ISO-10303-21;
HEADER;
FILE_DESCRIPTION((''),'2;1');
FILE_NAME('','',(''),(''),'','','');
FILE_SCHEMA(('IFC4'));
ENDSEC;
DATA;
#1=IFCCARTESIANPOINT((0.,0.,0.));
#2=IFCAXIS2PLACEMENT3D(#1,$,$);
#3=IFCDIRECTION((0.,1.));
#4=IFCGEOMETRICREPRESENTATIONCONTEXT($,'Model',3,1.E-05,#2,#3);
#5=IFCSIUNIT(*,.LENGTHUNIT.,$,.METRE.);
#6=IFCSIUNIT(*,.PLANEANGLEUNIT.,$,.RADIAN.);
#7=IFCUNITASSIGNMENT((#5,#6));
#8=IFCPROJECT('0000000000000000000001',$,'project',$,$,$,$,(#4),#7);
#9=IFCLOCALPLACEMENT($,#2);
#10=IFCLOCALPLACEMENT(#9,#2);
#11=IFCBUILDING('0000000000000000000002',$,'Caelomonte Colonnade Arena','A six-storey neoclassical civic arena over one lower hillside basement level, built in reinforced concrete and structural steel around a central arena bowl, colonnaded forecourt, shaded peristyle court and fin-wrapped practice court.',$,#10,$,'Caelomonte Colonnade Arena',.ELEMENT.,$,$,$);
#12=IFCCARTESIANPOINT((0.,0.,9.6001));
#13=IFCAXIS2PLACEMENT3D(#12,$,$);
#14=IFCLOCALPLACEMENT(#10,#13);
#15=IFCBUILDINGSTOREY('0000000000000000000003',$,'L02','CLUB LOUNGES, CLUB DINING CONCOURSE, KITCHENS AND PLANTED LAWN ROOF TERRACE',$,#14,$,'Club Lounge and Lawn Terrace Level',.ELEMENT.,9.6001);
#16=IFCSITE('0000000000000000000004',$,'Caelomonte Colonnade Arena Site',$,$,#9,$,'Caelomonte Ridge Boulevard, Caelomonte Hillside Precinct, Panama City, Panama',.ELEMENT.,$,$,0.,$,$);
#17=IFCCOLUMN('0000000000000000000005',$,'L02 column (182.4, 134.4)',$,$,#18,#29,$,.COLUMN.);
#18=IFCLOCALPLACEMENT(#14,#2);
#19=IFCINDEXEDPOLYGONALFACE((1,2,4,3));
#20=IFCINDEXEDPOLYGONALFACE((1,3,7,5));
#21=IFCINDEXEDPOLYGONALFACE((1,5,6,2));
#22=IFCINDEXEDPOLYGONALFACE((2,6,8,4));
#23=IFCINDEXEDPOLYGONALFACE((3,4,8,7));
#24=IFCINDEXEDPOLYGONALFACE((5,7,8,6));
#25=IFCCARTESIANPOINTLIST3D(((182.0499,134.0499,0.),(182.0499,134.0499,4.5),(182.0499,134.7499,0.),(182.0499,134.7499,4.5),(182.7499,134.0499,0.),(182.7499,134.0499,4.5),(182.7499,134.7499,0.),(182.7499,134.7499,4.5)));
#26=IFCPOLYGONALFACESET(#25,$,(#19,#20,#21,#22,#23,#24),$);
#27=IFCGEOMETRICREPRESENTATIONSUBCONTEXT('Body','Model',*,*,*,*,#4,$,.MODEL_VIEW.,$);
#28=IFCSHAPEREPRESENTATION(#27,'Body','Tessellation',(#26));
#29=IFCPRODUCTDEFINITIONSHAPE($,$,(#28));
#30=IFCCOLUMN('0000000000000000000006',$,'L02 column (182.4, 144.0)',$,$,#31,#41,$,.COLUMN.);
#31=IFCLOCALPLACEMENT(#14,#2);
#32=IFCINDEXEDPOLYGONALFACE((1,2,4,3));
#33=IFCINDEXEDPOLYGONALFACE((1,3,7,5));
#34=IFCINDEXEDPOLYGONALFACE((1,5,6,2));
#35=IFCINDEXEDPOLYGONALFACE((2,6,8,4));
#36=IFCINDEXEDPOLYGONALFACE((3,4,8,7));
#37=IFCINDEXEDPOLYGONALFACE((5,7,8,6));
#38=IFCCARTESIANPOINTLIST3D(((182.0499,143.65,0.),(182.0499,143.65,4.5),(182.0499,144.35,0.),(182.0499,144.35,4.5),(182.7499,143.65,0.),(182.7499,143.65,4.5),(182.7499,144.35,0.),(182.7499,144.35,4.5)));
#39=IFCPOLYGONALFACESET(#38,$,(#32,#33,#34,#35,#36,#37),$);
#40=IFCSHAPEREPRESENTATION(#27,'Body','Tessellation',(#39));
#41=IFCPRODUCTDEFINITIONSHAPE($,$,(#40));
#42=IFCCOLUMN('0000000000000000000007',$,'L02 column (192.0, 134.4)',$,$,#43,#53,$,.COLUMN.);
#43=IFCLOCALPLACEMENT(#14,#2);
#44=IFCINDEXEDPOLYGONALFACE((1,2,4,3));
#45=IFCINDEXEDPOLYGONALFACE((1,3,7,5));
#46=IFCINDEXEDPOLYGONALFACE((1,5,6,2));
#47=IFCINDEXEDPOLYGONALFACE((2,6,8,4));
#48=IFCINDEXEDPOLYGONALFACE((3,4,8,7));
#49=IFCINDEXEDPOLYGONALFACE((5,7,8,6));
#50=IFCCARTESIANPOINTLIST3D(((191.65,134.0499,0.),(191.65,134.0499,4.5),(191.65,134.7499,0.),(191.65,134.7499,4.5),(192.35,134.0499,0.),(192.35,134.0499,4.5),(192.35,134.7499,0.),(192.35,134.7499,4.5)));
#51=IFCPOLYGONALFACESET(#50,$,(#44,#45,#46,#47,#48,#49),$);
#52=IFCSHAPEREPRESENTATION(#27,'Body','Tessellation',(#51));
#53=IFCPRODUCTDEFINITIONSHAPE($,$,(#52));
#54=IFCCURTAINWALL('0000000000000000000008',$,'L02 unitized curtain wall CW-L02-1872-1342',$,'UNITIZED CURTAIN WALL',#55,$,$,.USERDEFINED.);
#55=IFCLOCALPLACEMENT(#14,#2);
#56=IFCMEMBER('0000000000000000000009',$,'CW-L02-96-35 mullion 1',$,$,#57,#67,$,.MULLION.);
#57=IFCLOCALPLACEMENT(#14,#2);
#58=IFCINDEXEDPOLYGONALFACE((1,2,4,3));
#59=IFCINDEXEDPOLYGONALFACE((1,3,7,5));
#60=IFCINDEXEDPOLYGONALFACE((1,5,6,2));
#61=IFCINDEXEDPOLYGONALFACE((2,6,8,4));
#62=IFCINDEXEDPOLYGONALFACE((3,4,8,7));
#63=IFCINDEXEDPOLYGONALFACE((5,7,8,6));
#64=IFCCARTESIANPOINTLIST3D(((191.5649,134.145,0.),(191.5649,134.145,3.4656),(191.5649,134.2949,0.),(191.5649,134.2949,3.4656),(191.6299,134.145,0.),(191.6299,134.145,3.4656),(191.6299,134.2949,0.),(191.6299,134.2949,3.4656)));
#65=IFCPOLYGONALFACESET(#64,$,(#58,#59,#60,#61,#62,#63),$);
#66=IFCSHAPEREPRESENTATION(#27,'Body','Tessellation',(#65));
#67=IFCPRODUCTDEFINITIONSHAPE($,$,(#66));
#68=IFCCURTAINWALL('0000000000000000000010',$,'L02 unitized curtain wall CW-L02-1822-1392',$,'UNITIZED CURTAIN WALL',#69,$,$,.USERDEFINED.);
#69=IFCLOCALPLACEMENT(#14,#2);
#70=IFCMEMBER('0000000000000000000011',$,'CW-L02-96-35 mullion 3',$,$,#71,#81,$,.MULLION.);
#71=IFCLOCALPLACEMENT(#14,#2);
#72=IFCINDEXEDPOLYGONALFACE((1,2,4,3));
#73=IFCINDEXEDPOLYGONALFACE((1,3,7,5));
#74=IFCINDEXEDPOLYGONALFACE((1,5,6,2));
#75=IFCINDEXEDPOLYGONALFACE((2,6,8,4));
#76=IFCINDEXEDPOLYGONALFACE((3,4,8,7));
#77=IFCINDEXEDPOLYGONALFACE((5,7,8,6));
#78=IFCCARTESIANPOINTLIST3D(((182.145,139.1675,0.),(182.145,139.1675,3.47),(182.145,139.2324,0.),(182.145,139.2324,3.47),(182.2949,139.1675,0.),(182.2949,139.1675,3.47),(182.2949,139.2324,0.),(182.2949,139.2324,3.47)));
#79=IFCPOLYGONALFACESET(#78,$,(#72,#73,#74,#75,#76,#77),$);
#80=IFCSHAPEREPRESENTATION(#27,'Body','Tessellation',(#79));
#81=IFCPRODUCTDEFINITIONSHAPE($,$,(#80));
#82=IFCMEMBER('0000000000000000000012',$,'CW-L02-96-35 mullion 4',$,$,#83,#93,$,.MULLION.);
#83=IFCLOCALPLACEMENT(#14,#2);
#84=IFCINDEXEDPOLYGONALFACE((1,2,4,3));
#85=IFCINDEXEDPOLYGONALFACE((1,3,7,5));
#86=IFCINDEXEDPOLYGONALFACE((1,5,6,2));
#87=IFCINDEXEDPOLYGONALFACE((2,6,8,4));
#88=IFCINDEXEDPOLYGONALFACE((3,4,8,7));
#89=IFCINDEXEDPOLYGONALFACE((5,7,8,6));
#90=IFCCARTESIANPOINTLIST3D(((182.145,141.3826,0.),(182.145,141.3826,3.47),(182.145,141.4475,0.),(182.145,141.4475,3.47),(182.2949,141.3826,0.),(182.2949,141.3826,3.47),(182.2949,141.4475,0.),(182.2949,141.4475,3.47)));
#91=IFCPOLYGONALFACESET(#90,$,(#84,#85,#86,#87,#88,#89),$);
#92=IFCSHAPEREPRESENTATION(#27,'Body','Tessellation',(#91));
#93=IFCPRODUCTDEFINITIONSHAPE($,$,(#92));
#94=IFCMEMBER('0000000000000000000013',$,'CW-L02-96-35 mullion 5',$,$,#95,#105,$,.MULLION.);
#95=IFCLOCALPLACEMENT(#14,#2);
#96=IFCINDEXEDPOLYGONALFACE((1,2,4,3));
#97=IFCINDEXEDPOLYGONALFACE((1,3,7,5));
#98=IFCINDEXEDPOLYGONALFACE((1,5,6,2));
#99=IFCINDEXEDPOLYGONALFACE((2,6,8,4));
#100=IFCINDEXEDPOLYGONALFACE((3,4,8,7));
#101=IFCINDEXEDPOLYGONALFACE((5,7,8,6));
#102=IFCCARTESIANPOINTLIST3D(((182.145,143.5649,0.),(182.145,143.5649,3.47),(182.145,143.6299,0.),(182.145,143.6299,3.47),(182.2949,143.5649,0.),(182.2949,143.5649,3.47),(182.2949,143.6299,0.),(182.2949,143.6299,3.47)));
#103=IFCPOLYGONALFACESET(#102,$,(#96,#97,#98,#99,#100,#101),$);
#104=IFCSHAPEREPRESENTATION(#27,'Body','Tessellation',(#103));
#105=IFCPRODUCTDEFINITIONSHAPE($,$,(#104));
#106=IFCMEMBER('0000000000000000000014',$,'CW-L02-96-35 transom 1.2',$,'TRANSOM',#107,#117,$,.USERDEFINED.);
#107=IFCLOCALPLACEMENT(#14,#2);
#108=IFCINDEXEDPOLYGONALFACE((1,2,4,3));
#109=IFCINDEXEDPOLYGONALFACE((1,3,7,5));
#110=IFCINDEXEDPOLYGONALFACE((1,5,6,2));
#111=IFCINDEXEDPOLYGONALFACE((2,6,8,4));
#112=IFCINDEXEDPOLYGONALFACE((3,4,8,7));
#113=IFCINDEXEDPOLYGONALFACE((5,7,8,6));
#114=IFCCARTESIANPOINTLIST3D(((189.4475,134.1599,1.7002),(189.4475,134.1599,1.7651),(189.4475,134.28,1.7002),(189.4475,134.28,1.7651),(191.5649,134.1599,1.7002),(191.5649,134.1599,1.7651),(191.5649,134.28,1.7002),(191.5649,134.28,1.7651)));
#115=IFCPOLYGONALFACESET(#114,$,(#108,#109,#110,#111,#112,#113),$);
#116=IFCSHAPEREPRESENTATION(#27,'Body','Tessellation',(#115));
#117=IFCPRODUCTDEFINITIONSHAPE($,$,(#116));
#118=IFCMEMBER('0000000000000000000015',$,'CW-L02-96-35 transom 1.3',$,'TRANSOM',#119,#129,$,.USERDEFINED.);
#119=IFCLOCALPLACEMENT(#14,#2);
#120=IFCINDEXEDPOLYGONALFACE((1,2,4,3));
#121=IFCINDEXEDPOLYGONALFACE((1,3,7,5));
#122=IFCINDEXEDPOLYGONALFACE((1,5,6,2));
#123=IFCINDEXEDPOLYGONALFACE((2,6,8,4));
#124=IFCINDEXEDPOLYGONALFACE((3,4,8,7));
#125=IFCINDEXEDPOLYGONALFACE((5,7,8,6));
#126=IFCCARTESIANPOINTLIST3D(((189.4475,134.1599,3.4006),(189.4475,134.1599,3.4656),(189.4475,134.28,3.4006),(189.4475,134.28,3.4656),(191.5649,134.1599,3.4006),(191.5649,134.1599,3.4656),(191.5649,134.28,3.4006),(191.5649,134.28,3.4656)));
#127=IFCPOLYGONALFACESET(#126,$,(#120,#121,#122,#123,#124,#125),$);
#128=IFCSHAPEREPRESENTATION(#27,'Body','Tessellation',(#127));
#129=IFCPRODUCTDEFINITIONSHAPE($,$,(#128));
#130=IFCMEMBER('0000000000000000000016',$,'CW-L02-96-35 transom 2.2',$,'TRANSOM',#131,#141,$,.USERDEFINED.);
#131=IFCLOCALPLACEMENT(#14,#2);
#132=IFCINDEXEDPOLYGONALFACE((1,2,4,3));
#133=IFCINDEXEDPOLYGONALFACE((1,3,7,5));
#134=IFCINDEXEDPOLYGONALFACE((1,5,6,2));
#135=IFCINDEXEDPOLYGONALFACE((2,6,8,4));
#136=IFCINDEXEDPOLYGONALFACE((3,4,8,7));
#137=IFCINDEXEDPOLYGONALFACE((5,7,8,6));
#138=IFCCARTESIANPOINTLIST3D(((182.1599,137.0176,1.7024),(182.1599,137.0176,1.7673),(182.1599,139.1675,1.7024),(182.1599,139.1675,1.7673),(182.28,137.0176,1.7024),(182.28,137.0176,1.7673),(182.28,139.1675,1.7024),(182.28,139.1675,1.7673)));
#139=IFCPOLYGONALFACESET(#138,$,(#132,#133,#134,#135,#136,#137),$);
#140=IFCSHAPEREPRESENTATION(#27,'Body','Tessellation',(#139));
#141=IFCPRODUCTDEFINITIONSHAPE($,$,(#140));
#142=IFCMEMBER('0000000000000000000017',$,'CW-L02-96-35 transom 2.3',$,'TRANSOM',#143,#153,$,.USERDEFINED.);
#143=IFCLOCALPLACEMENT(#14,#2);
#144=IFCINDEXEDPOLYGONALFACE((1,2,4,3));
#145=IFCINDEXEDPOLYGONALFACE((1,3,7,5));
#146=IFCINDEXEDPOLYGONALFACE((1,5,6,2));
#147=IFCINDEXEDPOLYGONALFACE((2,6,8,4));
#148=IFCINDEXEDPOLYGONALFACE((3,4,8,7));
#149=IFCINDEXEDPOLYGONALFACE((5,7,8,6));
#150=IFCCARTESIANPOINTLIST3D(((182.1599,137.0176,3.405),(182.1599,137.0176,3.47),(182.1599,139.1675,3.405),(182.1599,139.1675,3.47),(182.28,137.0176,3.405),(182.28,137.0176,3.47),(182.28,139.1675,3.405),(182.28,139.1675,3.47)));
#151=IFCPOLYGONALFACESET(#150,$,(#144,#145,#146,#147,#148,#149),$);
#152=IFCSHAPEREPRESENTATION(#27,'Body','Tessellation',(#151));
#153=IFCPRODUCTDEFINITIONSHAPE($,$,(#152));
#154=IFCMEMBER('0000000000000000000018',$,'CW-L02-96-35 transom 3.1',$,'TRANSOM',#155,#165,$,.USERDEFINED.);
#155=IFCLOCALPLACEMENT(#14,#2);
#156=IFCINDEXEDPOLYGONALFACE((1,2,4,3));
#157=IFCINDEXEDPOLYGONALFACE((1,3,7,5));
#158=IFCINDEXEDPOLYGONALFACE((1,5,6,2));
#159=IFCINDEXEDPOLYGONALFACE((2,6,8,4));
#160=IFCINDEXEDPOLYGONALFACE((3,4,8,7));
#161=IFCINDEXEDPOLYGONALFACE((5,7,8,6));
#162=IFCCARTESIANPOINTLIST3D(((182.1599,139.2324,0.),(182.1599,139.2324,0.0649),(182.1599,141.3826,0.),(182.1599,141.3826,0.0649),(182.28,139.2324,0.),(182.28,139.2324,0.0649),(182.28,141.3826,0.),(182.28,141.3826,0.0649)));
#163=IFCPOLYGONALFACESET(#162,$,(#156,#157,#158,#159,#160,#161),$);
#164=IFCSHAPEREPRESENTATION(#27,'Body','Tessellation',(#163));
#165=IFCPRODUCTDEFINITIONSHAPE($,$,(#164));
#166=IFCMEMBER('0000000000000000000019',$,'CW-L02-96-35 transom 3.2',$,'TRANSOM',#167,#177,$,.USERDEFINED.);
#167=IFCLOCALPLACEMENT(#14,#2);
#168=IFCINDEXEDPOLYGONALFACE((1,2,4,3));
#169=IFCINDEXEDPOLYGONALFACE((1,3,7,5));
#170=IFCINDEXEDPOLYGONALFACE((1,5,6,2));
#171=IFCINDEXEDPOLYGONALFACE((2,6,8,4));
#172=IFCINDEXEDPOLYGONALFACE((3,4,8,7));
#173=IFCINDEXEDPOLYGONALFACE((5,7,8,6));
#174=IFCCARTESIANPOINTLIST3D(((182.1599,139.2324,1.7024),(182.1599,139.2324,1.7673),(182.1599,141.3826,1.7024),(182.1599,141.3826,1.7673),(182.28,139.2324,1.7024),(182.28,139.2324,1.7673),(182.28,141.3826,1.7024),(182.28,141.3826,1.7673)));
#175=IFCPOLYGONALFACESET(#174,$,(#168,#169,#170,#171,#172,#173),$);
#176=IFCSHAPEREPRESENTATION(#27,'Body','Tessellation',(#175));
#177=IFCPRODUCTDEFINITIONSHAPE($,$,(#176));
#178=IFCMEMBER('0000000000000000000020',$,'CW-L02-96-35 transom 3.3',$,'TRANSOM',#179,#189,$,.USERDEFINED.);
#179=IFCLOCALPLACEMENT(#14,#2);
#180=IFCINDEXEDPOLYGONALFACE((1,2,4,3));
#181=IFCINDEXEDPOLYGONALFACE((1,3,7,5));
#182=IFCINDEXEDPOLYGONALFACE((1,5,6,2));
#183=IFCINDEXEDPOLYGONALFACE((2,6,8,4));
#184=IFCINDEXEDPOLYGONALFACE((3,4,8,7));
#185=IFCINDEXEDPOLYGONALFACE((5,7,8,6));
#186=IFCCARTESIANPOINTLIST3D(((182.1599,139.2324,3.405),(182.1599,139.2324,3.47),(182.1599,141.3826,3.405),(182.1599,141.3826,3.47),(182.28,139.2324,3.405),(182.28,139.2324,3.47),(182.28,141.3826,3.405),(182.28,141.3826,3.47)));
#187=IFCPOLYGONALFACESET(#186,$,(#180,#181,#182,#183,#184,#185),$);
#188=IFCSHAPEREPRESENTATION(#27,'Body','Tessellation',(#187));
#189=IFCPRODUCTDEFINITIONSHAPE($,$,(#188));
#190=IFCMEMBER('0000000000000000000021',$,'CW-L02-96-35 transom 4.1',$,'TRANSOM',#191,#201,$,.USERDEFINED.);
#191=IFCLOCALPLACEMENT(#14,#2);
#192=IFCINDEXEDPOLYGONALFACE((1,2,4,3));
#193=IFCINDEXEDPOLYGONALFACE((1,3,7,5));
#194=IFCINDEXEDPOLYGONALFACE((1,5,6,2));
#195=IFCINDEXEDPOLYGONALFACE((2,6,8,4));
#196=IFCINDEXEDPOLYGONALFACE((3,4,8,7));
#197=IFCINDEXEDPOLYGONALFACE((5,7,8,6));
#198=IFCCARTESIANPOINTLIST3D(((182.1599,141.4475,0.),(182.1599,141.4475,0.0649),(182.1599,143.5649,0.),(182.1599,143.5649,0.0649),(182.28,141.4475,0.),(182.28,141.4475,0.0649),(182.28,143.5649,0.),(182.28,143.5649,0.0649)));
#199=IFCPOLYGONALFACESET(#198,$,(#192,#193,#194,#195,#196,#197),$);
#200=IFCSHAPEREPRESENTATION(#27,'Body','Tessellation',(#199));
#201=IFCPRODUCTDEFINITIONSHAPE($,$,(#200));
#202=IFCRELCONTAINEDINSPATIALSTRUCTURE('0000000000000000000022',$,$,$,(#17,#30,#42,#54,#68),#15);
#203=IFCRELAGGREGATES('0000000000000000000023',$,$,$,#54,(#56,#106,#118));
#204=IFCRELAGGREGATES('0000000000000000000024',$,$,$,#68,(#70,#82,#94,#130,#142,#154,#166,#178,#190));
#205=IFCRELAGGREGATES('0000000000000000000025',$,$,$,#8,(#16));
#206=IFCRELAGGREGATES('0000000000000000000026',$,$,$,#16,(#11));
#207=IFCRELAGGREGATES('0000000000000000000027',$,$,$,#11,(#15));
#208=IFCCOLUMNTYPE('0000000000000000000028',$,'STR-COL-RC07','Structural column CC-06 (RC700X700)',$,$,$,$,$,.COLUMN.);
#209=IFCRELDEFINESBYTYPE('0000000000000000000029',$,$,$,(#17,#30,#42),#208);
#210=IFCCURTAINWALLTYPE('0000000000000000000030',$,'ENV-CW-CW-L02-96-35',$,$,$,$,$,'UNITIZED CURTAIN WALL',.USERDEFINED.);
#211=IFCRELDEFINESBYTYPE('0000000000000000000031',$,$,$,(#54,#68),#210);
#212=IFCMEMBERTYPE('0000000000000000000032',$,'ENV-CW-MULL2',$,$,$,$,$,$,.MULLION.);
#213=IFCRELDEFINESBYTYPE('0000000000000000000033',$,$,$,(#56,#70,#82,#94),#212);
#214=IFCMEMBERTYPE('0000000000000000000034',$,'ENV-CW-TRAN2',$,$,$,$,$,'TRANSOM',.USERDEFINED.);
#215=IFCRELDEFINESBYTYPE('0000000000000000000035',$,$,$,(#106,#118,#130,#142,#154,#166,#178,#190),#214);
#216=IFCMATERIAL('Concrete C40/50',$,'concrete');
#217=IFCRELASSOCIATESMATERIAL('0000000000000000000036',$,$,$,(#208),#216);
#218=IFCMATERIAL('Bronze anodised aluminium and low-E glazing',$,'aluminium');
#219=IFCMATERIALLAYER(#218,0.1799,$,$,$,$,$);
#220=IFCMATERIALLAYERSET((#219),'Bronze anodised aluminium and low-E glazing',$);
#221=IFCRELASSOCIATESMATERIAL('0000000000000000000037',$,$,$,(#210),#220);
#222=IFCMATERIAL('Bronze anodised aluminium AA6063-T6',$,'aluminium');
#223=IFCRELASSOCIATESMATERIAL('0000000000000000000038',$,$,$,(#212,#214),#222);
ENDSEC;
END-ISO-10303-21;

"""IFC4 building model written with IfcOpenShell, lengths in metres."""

from ifc_helpers import new_model, si_unit, direction, frame, origin, origin_2d, place, context, subcontext, project, spatial, rectangle, extrude, material, layer, layer_set, material_profile, profile_set, type_object, element, aggregate, save


model = new_model("IFC4")

# Units and contexts
model_context = context("Model", 3, precision=1e-05, world=origin(), true_north=direction((0.0, 1.0)))
body_context = subcontext(model_context, "Body", "Model", "MODEL_VIEW")
ifc_project = project(units=[si_unit("LENGTHUNIT", "METRE"), si_unit("PLANEANGLEUNIT", "RADIAN")], contexts=[model_context])

# Site, building, storey
site_placement = place(None, origin())
site = spatial("IfcSite", under=ifc_project, at=site_placement, Name="Caelomonte Colonnade Arena Site", LongName="Caelomonte Ridge Boulevard, Caelomonte Hillside Precinct, Panama City, Panama", CompositionType="ELEMENT", RefElevation=0.0)
building_placement = place(site_placement, origin())
building = spatial("IfcBuilding", under=site, at=building_placement, Name="Caelomonte Colonnade Arena", Description="A six-storey neoclassical civic arena over one lower hillside basement level, built in reinforced concrete and structural steel around a central arena bowl, colonnaded forecourt, shaded peristyle court and fin-wrapped practice court.", LongName="Caelomonte Colonnade Arena", CompositionType="ELEMENT")
storey_placement = place(building_placement, frame((0.0, 0.0, 9.6001)))
storey = spatial("IfcBuildingStorey", under=building, at=storey_placement, Name="L02", Description="CLUB LOUNGES, CLUB DINING CONCOURSE, KITCHENS AND PLANTED LAWN ROOF TERRACE", LongName="Club Lounge and Lawn Terrace Level", CompositionType="ELEMENT", Elevation=9.6001)

# Columns
ifc_material_1 = material(Name="Concrete C40/50", Category="concrete")
ifc_material_profile_1 = material_profile(ifc_material_1, rectangle(XDim=0.7, YDim=0.7, at=origin_2d()), Name="RC700X700")
ifc_profile_set_1 = profile_set([ifc_material_profile_1], Name="Concrete C40/50")
column_type = type_object("IfcColumnType", Name="STR-COL-RC07", Description="Structural column CC-06 (RC700X700)", PredefinedType="COLUMN", material=ifc_profile_set_1)
for number, where, z_axis, x_axis, name in (
    (1, (182.3999, 134.3999, 0.0), (0.0, 0.0, 1.0), (1.0, 0.0, 0.0), "L02 column (182.4, 134.4)"),
    (2, (182.3999, 144.0, 0.0), (0.0, 0.0, 1.0), (1.0, 0.0, 0.0), "L02 column (182.4, 144.0)"),
    (3, (192.0, 134.3999, 0.0), (0.0, 0.0, 1.0), (1.0, 0.0, 0.0), "L02 column (192.0, 134.4)"),
):
    element("IfcColumn", number, at=place(storey_placement, frame(where, z_axis=z_axis, x_axis=x_axis)), inside=storey, type_object=column_type, Name=name, PredefinedType="COLUMN", context=body_context, shape_type="SweptSolid", body=[
        extrude(rectangle(XDim=0.7, YDim=0.7, at=origin_2d()), origin(), (0.0, 0.0, 1.0), 4.5),
    ])

# Curtain wall, member
ifc_material_2 = material(Name="Bronze anodised aluminium and low-E glazing", Category="aluminium")
ifc_layer_1 = layer(ifc_material_2, 0.1799)
ifc_layer_set_1 = layer_set([ifc_layer_1], Name="Bronze anodised aluminium and low-E glazing")
curtain_wall_type = type_object("IfcCurtainWallType", Name="ENV-CW-CW-L02-96-35", ElementType="UNITIZED CURTAIN WALL", PredefinedType="USERDEFINED", material=ifc_layer_set_1)
curtain_wall_1_placement = place(storey_placement, origin())
curtain_wall_1 = element("IfcCurtainWall", 4, at=curtain_wall_1_placement, inside=storey, type_object=curtain_wall_type, Name="L02 unitized curtain wall CW-L02-1872-1342", ObjectType="UNITIZED CURTAIN WALL", PredefinedType="USERDEFINED")
ifc_material_3 = material(Name="Bronze anodised aluminium AA6063-T6", Category="aluminium")
ifc_material_profile_2 = material_profile(ifc_material_3, rectangle(XDim=0.0649, YDim=0.1499, at=origin_2d()), Name="CWM-65X150")
ifc_profile_set_2 = profile_set([ifc_material_profile_2], Name="Bronze anodised aluminium AA6063-T6")
member_type_1 = type_object("IfcMemberType", Name="ENV-CW-MULL2", PredefinedType="MULLION", material=ifc_profile_set_2)
member_1_placement = place(storey_placement, frame((191.5974, 134.22, 0.0), z_axis=(0.0, 0.0, 1.0), x_axis=(-1.0, 0.0, 0.0)))
member_1 = element("IfcMember", 5, at=member_1_placement, type_object=member_type_1, Name="CW-L02-96-35 mullion 1", PredefinedType="MULLION", context=body_context, shape_type="SweptSolid", body=[
    extrude(rectangle(XDim=0.0649, YDim=0.1499, at=origin_2d()), origin(), (0.0, 0.0, 1.0), 3.4656),
])

# Curtain wall, members
curtain_wall_2_placement = place(storey_placement, origin())
curtain_wall_2 = element("IfcCurtainWall", 6, at=curtain_wall_2_placement, inside=storey, type_object=curtain_wall_type, Name="L02 unitized curtain wall CW-L02-1822-1392", ObjectType="UNITIZED CURTAIN WALL", PredefinedType="USERDEFINED")
member_2_placement = place(storey_placement, frame((182.22, 139.2, 0.0), z_axis=(0.0, 0.0, 1.0), x_axis=(0.0, 1.0, 0.0)))
member_2 = element("IfcMember", 7, at=member_2_placement, type_object=member_type_1, Name="CW-L02-96-35 mullion 3", PredefinedType="MULLION", context=body_context, shape_type="SweptSolid", body=[
    extrude(rectangle(XDim=0.0649, YDim=0.1499, at=origin_2d()), origin(), (0.0, 0.0, 1.0), 3.47),
])
member_3_placement = place(storey_placement, frame((182.22, 141.415, 0.0), z_axis=(0.0, 0.0, 1.0), x_axis=(0.0, 1.0, 0.0)))
member_3 = element("IfcMember", 8, at=member_3_placement, type_object=member_type_1, Name="CW-L02-96-35 mullion 4", PredefinedType="MULLION", context=body_context, shape_type="SweptSolid", body=[
    extrude(rectangle(XDim=0.0649, YDim=0.1499, at=origin_2d()), origin(), (0.0, 0.0, 1.0), 3.47),
])
member_4_placement = place(storey_placement, frame((182.22, 143.5974, 0.0), z_axis=(0.0, 0.0, 1.0), x_axis=(0.0, 1.0, 0.0)))
member_4 = element("IfcMember", 9, at=member_4_placement, type_object=member_type_1, Name="CW-L02-96-35 mullion 5", PredefinedType="MULLION", context=body_context, shape_type="SweptSolid", body=[
    extrude(rectangle(XDim=0.0649, YDim=0.1499, at=origin_2d()), origin(), (0.0, 0.0, 1.0), 3.47),
])

# Members
ifc_material_profile_3 = material_profile(ifc_material_3, rectangle(XDim=0.0649, YDim=0.1201, at=origin_2d()), Name="CWT-65X120")
ifc_profile_set_3 = profile_set([ifc_material_profile_3], Name="Bronze anodised aluminium AA6063-T6")
member_type_2 = type_object("IfcMemberType", Name="ENV-CW-TRAN2", ElementType="TRANSOM", PredefinedType="USERDEFINED", material=ifc_profile_set_3)
member_5_placement = place(storey_placement, frame((191.5649, 134.22, 1.7327), z_axis=(-1.0, 0.0, 0.0), x_axis=(0.0, 0.0, 1.0)))
member_5 = element("IfcMember", 10, at=member_5_placement, type_object=member_type_2, Name="CW-L02-96-35 transom 1.2", ObjectType="TRANSOM", PredefinedType="USERDEFINED", context=body_context, shape_type="SweptSolid", body=[
    extrude(rectangle(XDim=0.0649, YDim=0.1201, at=origin_2d()), origin(), (0.0, 0.0, 1.0), 2.1174),
])
member_6_placement = place(storey_placement, frame((191.5649, 134.22, 3.4331), z_axis=(-1.0, 0.0, 0.0), x_axis=(0.0, 0.0, 1.0)))
member_6 = element("IfcMember", 11, at=member_6_placement, type_object=member_type_2, Name="CW-L02-96-35 transom 1.3", ObjectType="TRANSOM", PredefinedType="USERDEFINED", context=body_context, shape_type="SweptSolid", body=[
    extrude(rectangle(XDim=0.0649, YDim=0.1201, at=origin_2d()), origin(), (0.0, 0.0, 1.0), 2.1174),
])
aggregate(curtain_wall_1, [member_1, member_5, member_6])
member_7_placement = place(storey_placement, frame((182.22, 137.0176, 1.7349), z_axis=(0.0, 1.0, 0.0), x_axis=(0.0, 0.0, 1.0)))
member_7 = element("IfcMember", 12, at=member_7_placement, type_object=member_type_2, Name="CW-L02-96-35 transom 2.2", ObjectType="TRANSOM", PredefinedType="USERDEFINED", context=body_context, shape_type="SweptSolid", body=[
    extrude(rectangle(XDim=0.0649, YDim=0.1201, at=origin_2d()), origin(), (0.0, 0.0, 1.0), 2.1499),
])
member_8_placement = place(storey_placement, frame((182.22, 137.0176, 3.4375), z_axis=(0.0, 1.0, 0.0), x_axis=(0.0, 0.0, 1.0)))
member_8 = element("IfcMember", 13, at=member_8_placement, type_object=member_type_2, Name="CW-L02-96-35 transom 2.3", ObjectType="TRANSOM", PredefinedType="USERDEFINED", context=body_context, shape_type="SweptSolid", body=[
    extrude(rectangle(XDim=0.0649, YDim=0.1201, at=origin_2d()), origin(), (0.0, 0.0, 1.0), 2.1499),
])
member_9_placement = place(storey_placement, frame((182.22, 139.2324, 0.0325), z_axis=(0.0, 1.0, 0.0), x_axis=(0.0, 0.0, 1.0)))
member_9 = element("IfcMember", 14, at=member_9_placement, type_object=member_type_2, Name="CW-L02-96-35 transom 3.1", ObjectType="TRANSOM", PredefinedType="USERDEFINED", context=body_context, shape_type="SweptSolid", body=[
    extrude(rectangle(XDim=0.0649, YDim=0.1201, at=origin_2d()), origin(), (0.0, 0.0, 1.0), 2.1501),
])
member_10_placement = place(storey_placement, frame((182.22, 139.2324, 1.7349), z_axis=(0.0, 1.0, 0.0), x_axis=(0.0, 0.0, 1.0)))
member_10 = element("IfcMember", 15, at=member_10_placement, type_object=member_type_2, Name="CW-L02-96-35 transom 3.2", ObjectType="TRANSOM", PredefinedType="USERDEFINED", context=body_context, shape_type="SweptSolid", body=[
    extrude(rectangle(XDim=0.0649, YDim=0.1201, at=origin_2d()), origin(), (0.0, 0.0, 1.0), 2.1501),
])
member_11_placement = place(storey_placement, frame((182.22, 139.2324, 3.4375), z_axis=(0.0, 1.0, 0.0), x_axis=(0.0, 0.0, 1.0)))
member_11 = element("IfcMember", 16, at=member_11_placement, type_object=member_type_2, Name="CW-L02-96-35 transom 3.3", ObjectType="TRANSOM", PredefinedType="USERDEFINED", context=body_context, shape_type="SweptSolid", body=[
    extrude(rectangle(XDim=0.0649, YDim=0.1201, at=origin_2d()), origin(), (0.0, 0.0, 1.0), 2.1501),
])
member_12_placement = place(storey_placement, frame((182.22, 141.4475, 0.0325), z_axis=(0.0, 1.0, 0.0), x_axis=(0.0, 0.0, 1.0)))
member_12 = element("IfcMember", 17, at=member_12_placement, type_object=member_type_2, Name="CW-L02-96-35 transom 4.1", ObjectType="TRANSOM", PredefinedType="USERDEFINED", context=body_context, shape_type="SweptSolid", body=[
    extrude(rectangle(XDim=0.0649, YDim=0.1201, at=origin_2d()), origin(), (0.0, 0.0, 1.0), 2.1174),
])

aggregate(curtain_wall_2, [member_2, member_3, member_4, member_7, member_8, member_9, member_10, member_11, member_12])

save(model, "model.ifc")
